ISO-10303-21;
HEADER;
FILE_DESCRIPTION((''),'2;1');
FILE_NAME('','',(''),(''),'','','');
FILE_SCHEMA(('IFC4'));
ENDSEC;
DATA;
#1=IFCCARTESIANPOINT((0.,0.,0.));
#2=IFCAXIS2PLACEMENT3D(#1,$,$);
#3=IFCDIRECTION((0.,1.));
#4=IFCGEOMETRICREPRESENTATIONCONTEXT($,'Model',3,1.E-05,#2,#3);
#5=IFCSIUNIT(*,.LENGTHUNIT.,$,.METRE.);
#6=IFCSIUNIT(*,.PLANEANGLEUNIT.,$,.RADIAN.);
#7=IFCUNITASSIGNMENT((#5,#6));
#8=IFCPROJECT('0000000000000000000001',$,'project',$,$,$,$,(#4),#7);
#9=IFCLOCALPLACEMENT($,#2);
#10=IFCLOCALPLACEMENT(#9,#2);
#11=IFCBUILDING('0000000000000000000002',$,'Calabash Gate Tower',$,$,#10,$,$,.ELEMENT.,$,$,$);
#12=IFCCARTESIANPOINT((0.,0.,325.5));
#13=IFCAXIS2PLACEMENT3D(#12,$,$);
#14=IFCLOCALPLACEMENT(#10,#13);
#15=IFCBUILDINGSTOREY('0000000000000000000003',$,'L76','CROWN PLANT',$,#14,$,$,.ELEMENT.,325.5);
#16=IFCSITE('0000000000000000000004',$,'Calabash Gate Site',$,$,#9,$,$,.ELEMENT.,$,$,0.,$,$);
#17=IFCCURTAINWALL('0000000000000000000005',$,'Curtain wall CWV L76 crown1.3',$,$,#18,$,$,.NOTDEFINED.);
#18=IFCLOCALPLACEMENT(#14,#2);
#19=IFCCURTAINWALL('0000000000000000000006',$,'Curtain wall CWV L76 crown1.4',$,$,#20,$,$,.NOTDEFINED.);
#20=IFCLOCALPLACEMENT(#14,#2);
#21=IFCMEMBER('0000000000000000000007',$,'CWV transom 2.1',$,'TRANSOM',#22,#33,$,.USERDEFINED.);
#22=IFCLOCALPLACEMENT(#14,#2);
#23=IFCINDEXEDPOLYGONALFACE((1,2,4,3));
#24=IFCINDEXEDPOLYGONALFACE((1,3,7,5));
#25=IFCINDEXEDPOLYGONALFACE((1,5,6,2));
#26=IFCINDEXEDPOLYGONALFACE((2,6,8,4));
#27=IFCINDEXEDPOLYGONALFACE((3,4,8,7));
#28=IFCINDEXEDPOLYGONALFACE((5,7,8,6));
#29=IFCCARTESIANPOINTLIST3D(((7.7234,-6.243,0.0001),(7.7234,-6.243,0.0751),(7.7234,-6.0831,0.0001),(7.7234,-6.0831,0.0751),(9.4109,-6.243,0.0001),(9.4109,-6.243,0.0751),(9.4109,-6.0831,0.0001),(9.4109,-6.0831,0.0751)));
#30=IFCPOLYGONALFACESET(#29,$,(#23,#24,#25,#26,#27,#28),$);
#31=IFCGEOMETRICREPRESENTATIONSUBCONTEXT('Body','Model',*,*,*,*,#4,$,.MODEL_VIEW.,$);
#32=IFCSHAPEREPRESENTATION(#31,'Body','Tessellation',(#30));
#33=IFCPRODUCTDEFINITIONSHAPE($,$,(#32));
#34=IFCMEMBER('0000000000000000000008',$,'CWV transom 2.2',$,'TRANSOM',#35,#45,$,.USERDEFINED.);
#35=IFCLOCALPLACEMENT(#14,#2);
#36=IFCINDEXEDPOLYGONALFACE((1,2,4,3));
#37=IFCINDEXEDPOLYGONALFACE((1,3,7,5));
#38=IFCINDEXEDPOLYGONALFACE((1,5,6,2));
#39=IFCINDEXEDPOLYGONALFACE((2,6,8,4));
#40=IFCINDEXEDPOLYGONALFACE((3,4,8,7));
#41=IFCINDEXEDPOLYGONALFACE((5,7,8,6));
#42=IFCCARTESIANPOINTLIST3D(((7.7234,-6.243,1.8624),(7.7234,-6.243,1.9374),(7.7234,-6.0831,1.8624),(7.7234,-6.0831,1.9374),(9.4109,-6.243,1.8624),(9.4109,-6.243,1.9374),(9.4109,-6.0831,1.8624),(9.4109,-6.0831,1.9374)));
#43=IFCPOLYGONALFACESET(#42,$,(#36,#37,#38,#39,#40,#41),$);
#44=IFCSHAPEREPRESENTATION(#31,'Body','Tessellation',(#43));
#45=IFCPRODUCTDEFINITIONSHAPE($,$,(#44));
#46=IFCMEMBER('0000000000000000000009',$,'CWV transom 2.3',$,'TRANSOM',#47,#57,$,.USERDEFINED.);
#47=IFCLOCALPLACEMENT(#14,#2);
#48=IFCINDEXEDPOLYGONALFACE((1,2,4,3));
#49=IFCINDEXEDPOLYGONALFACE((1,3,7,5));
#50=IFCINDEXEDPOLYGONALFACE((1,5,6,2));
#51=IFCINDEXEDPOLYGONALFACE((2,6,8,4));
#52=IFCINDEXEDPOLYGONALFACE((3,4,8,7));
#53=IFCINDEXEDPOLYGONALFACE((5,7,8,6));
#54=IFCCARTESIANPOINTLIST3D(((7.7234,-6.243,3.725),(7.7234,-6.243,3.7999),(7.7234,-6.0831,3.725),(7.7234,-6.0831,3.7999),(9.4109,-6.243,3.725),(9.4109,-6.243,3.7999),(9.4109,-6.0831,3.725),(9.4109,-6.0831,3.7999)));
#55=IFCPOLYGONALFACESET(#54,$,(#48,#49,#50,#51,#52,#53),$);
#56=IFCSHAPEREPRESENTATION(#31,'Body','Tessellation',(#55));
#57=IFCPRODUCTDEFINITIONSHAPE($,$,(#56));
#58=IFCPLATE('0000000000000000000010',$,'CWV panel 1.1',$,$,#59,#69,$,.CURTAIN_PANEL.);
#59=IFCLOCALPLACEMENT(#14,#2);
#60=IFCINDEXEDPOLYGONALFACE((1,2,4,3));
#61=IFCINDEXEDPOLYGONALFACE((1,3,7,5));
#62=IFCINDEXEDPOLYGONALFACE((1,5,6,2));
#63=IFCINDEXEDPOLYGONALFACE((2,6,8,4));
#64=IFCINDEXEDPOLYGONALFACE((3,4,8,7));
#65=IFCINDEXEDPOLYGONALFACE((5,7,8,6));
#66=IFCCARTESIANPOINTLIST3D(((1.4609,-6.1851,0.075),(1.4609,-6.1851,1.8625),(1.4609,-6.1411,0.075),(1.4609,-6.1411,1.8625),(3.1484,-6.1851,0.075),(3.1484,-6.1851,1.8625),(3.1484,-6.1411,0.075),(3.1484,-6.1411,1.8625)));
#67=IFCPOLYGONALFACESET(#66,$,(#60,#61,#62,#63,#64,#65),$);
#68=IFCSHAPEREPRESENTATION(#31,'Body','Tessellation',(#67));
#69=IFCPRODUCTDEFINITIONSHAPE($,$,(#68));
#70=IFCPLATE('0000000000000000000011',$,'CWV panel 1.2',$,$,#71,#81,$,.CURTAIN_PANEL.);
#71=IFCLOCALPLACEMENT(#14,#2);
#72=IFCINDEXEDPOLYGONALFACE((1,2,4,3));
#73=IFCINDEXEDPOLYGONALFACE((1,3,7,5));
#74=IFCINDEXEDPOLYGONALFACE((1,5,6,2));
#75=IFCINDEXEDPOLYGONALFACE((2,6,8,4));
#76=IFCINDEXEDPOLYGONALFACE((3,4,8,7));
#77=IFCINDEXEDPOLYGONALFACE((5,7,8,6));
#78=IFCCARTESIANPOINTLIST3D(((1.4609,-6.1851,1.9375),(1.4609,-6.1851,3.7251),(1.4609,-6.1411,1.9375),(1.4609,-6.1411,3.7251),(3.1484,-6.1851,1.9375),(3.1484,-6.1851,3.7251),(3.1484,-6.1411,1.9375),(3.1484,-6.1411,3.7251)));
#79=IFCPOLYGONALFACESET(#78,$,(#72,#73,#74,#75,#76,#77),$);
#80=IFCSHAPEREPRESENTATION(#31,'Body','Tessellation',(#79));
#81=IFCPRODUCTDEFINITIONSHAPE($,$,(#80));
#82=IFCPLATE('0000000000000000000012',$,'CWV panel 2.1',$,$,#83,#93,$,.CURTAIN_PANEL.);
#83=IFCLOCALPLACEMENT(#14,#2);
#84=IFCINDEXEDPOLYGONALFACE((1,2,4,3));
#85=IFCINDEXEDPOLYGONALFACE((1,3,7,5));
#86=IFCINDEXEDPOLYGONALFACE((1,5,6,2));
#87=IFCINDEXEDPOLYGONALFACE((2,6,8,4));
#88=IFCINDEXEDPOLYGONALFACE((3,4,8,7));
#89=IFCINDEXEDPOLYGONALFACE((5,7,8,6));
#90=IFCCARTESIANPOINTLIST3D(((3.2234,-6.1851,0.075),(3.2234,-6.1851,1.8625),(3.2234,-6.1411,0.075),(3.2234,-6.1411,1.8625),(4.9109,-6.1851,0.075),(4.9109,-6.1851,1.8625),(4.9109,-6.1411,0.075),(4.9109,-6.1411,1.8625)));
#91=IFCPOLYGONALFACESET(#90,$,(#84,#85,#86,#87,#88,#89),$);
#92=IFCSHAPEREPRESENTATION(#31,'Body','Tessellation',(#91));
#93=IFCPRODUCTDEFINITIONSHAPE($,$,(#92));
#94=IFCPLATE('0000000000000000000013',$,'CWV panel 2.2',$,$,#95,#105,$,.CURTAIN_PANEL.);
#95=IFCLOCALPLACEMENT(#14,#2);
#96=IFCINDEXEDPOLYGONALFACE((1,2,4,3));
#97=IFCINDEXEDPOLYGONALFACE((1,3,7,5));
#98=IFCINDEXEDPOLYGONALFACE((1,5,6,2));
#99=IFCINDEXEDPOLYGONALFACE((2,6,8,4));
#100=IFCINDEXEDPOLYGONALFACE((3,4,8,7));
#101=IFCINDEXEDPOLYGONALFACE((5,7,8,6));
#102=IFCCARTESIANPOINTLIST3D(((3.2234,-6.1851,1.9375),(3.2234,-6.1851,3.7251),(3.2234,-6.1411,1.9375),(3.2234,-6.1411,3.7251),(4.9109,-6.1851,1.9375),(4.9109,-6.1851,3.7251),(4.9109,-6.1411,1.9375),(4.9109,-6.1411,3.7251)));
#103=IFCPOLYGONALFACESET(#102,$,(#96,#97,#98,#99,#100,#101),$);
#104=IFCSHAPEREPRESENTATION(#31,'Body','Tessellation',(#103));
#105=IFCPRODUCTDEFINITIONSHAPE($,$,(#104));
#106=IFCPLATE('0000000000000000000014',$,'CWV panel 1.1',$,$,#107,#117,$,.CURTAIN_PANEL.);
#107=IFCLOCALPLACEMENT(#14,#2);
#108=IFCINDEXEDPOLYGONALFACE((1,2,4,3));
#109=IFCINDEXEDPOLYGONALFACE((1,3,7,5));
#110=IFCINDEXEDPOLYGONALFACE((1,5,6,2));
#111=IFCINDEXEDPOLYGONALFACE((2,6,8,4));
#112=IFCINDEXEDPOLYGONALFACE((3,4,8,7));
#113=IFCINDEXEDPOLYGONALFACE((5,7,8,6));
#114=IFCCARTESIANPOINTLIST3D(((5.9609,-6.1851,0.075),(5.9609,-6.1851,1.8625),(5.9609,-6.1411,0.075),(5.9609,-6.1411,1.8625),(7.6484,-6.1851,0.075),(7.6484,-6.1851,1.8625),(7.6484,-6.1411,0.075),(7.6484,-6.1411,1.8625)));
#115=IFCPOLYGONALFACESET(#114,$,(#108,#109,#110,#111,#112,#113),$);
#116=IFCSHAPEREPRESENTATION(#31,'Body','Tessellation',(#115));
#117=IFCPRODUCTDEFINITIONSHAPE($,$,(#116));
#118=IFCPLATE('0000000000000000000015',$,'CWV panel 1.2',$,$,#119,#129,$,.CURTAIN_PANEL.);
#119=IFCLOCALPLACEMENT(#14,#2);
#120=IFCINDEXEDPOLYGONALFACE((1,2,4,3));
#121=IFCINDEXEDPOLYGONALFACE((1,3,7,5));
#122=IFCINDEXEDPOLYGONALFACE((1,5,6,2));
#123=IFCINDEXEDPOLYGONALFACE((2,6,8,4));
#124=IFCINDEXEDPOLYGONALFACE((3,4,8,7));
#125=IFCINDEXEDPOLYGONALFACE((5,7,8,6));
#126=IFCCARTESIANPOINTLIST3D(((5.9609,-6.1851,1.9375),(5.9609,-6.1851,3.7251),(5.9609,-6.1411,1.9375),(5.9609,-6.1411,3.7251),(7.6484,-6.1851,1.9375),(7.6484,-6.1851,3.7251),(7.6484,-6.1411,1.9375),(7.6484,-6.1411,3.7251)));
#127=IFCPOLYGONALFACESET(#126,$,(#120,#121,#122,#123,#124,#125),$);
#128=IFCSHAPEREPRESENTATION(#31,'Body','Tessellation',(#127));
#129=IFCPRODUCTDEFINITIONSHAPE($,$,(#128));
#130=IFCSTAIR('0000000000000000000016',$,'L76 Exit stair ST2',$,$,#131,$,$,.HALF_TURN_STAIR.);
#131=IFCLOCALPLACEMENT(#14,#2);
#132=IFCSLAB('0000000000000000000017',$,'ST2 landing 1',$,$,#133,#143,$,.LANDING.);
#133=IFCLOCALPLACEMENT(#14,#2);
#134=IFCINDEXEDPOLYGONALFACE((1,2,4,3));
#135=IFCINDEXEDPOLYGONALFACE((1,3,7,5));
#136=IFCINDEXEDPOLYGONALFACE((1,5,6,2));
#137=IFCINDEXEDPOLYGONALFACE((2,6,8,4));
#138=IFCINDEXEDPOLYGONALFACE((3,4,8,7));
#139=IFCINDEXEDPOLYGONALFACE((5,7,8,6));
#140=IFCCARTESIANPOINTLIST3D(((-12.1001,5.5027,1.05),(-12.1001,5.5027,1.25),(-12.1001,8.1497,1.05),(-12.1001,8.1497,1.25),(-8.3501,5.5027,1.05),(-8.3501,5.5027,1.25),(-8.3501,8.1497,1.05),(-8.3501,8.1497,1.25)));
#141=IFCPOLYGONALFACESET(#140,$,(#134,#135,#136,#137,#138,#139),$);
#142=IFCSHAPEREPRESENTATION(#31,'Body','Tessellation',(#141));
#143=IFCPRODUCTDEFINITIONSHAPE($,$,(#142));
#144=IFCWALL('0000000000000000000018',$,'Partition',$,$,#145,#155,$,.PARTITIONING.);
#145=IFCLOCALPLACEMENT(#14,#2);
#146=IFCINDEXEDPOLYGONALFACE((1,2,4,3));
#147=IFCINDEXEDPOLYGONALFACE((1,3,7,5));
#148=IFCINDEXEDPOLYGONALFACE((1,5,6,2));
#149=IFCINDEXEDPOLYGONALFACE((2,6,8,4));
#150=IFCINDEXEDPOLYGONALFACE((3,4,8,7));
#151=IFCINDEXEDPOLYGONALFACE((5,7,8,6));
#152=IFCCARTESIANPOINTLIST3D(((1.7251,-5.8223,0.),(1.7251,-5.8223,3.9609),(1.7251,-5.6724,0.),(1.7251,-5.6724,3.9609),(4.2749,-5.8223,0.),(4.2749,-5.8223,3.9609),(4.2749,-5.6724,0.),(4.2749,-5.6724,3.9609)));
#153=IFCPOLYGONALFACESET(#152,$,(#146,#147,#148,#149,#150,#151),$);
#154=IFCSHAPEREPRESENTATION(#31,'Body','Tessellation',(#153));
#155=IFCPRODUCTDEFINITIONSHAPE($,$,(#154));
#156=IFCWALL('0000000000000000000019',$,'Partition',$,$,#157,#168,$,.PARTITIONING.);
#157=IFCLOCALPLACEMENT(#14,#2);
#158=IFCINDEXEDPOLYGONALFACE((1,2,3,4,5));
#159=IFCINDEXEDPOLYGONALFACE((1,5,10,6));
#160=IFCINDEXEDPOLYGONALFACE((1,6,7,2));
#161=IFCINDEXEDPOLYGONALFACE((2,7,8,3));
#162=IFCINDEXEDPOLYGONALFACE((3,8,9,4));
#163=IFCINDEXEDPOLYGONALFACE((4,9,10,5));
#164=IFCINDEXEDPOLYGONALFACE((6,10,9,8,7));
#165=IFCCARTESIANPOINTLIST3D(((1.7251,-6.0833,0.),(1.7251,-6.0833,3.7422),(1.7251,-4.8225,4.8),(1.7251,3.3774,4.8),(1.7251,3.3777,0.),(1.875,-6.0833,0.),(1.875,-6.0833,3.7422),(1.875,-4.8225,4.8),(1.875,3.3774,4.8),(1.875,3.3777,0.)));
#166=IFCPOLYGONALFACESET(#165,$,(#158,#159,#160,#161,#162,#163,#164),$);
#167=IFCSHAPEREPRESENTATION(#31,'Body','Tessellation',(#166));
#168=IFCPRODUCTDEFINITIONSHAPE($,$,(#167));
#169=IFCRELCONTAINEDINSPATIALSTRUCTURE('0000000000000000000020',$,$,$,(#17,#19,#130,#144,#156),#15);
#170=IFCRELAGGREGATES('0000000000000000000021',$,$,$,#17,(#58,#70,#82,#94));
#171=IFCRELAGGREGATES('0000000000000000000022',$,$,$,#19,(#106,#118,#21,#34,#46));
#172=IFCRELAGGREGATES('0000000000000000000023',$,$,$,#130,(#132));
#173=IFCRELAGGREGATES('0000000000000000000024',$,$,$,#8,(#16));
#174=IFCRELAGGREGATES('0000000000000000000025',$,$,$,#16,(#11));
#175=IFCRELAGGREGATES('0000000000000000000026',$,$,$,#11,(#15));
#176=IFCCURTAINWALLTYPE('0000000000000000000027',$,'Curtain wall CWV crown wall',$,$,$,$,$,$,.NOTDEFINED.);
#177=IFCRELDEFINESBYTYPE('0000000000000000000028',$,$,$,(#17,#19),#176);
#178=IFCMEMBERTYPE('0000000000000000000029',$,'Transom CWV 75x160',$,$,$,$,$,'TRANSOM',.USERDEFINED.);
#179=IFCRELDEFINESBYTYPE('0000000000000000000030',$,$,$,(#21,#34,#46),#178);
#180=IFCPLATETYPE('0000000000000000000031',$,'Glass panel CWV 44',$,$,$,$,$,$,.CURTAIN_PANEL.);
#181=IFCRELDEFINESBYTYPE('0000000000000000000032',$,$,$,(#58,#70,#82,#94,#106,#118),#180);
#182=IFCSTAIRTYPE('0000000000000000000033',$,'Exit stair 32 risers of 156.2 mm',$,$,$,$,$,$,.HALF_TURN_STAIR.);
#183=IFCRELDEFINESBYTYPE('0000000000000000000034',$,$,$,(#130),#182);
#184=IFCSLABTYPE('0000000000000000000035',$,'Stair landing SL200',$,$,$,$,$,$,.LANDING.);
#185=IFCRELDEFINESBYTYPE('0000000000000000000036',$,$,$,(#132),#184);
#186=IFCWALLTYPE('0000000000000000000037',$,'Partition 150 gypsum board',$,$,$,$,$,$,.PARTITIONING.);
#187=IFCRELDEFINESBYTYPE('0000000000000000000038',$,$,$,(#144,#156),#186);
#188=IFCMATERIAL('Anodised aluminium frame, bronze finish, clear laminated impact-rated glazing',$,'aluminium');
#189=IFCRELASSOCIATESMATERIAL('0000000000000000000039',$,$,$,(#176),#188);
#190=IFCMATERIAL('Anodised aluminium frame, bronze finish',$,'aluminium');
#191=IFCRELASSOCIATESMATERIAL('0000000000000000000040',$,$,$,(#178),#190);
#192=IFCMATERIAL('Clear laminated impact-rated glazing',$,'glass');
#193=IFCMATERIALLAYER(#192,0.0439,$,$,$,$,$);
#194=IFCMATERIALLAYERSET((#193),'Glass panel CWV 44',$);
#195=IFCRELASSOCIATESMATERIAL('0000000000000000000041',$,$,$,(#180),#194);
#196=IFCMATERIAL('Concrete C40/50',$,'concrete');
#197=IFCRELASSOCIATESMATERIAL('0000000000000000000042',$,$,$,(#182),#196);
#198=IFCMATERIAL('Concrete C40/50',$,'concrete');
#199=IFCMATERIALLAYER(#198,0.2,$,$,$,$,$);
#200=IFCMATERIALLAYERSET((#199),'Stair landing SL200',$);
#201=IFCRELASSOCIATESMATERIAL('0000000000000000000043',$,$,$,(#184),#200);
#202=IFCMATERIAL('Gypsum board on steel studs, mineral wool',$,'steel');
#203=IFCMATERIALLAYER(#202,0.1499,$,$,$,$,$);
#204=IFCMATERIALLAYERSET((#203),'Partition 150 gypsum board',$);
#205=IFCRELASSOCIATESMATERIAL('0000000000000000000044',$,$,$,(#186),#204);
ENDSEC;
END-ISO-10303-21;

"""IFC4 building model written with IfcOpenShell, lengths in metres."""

from ifc_helpers import new_model, si_unit, direction, frame, frame_2d, origin, origin_2d, place, context, subcontext, project, spatial, polyline, rectangle, outline, extrude, material, layer, layer_set, material_profile, profile_set, type_object, element, aggregate, save


model = new_model("IFC4")

# Units and contexts
model_context = context("Model", 3, precision=1e-05, world=origin(), true_north=direction((0.0, 1.0)))
body_context = subcontext(model_context, "Body", "Model", "MODEL_VIEW")
ifc_project = project(units=[si_unit("LENGTHUNIT", "METRE"), si_unit("PLANEANGLEUNIT", "RADIAN")], contexts=[model_context])

# Site, building, storey
site_placement = place(None, origin())
site = spatial("IfcSite", under=ifc_project, at=site_placement, Name="Calabash Gate Site", CompositionType="ELEMENT", RefElevation=0.0)
building_placement = place(site_placement, origin())
building = spatial("IfcBuilding", under=site, at=building_placement, Name="Calabash Gate Tower", CompositionType="ELEMENT")
storey_placement = place(building_placement, frame((0.0, 0.0, 325.5)))
storey = spatial("IfcBuildingStorey", under=building, at=storey_placement, Name="L76", Description="CROWN PLANT", CompositionType="ELEMENT", Elevation=325.5)

# Shared definitions
ifc_material_1 = material(Name="Anodised aluminium frame, bronze finish, clear laminated impact-rated glazing", Category="aluminium")
curtain_wall_type = type_object("IfcCurtainWallType", Name="Curtain wall CWV crown wall", PredefinedType="NOTDEFINED", material=ifc_material_1)

# Curtain walls
curtain_wall_1_placement = place(storey_placement, origin())
curtain_wall_1 = element("IfcCurtainWall", 1, at=curtain_wall_1_placement, inside=storey, type_object=curtain_wall_type, Name="Curtain wall CWV L76 crown1.3", PredefinedType="NOTDEFINED")
curtain_wall_2_placement = place(storey_placement, origin())
curtain_wall_2 = element("IfcCurtainWall", 2, at=curtain_wall_2_placement, inside=storey, type_object=curtain_wall_type, Name="Curtain wall CWV L76 crown1.4", PredefinedType="NOTDEFINED")

# Members
ifc_material_2 = material(Name="Anodised aluminium frame, bronze finish", Category="aluminium")
ifc_material_profile_1 = material_profile(ifc_material_2, rectangle(XDim=0.1599, YDim=0.075, at=origin_2d()))
ifc_profile_set_1 = profile_set([ifc_material_profile_1], Name="Anodised aluminium frame, bronze finish")
member_type_1 = type_object("IfcMemberType", Name="Transom CWV 75x160", ElementType="TRANSOM", PredefinedType="USERDEFINED", material=ifc_profile_set_1)
member_1_placement = place(storey_placement, frame((7.7234, -6.1631, 0.0376), z_axis=(1.0, 0.0, 0.0), x_axis=(0.0, 1.0, 0.0)))
member_1 = element("IfcMember", 3, at=member_1_placement, type_object=member_type_1, Name="CWV transom 2.1", ObjectType="TRANSOM", PredefinedType="USERDEFINED", context=body_context, shape_type="SweptSolid", body=[
    extrude(rectangle(XDim=0.1599, YDim=0.075, at=origin_2d()), origin(), (0.0, 0.0, 1.0), 1.6875),
])
member_2_placement = place(storey_placement, frame((7.7234, -6.1631, 1.8999), z_axis=(1.0, 0.0, 0.0), x_axis=(0.0, 1.0, 0.0)))
member_2 = element("IfcMember", 4, at=member_2_placement, type_object=member_type_1, Name="CWV transom 2.2", ObjectType="TRANSOM", PredefinedType="USERDEFINED", context=body_context, shape_type="SweptSolid", body=[
    extrude(rectangle(XDim=0.1599, YDim=0.075, at=origin_2d()), origin(), (0.0, 0.0, 1.0), 1.6875),
])
member_3_placement = place(storey_placement, frame((7.7234, -6.1631, 3.7625), z_axis=(1.0, 0.0, 0.0), x_axis=(0.0, 1.0, 0.0)))
member_3 = element("IfcMember", 5, at=member_3_placement, type_object=member_type_1, Name="CWV transom 2.3", ObjectType="TRANSOM", PredefinedType="USERDEFINED", context=body_context, shape_type="SweptSolid", body=[
    extrude(rectangle(XDim=0.1599, YDim=0.075, at=origin_2d()), origin(), (0.0, 0.0, 1.0), 1.6875),
])

# Plates
ifc_material_3 = material(Name="Clear laminated impact-rated glazing", Category="glass")
ifc_layer_1 = layer(ifc_material_3, 0.0439)
ifc_layer_set_1 = layer_set([ifc_layer_1], Name="Glass panel CWV 44")
plate_type = type_object("IfcPlateType", Name="Glass panel CWV 44", PredefinedType="CURTAIN_PANEL", material=ifc_layer_set_1)
plate_1_placement = place(storey_placement, frame((2.3047, -6.1631, 0.075), z_axis=(0.0, 0.0, 1.0), x_axis=(1.0, 0.0, 0.0)))
plate_1 = element("IfcPlate", 6, at=plate_1_placement, type_object=plate_type, Name="CWV panel 1.1", PredefinedType="CURTAIN_PANEL", context=body_context, shape_type="SweptSolid", body=[
    extrude(rectangle(XDim=1.6875, YDim=0.0439, at=origin_2d()), origin(), (0.0, 0.0, 1.0), 1.7876),
])
plate_2_placement = place(storey_placement, frame((2.3047, -6.1631, 1.9375), z_axis=(0.0, 0.0, 1.0), x_axis=(1.0, 0.0, 0.0)))
plate_2 = element("IfcPlate", 7, at=plate_2_placement, type_object=plate_type, Name="CWV panel 1.2", PredefinedType="CURTAIN_PANEL", context=body_context, shape_type="SweptSolid", body=[
    extrude(rectangle(XDim=1.6875, YDim=0.0439, at=origin_2d()), origin(), (0.0, 0.0, 1.0), 1.7876),
])
plate_3_placement = place(storey_placement, frame((4.0671, -6.1631, 0.075), z_axis=(0.0, 0.0, 1.0), x_axis=(1.0, 0.0, 0.0)))
plate_3 = element("IfcPlate", 8, at=plate_3_placement, type_object=plate_type, Name="CWV panel 2.1", PredefinedType="CURTAIN_PANEL", context=body_context, shape_type="SweptSolid", body=[
    extrude(rectangle(XDim=1.6875, YDim=0.0439, at=origin_2d()), origin(), (0.0, 0.0, 1.0), 1.7876),
])
plate_4_placement = place(storey_placement, frame((4.0671, -6.1631, 1.9375), z_axis=(0.0, 0.0, 1.0), x_axis=(1.0, 0.0, 0.0)))
plate_4 = element("IfcPlate", 9, at=plate_4_placement, type_object=plate_type, Name="CWV panel 2.2", PredefinedType="CURTAIN_PANEL", context=body_context, shape_type="SweptSolid", body=[
    extrude(rectangle(XDim=1.6875, YDim=0.0439, at=origin_2d()), origin(), (0.0, 0.0, 1.0), 1.7876),
])
aggregate(curtain_wall_1, [plate_1, plate_2, plate_3, plate_4])
plate_5_placement = place(storey_placement, frame((6.8047, -6.1631, 0.075), z_axis=(0.0, 0.0, 1.0), x_axis=(1.0, 0.0, 0.0)))
plate_5 = element("IfcPlate", 10, at=plate_5_placement, type_object=plate_type, Name="CWV panel 1.1", PredefinedType="CURTAIN_PANEL", context=body_context, shape_type="SweptSolid", body=[
    extrude(rectangle(XDim=1.6875, YDim=0.0439, at=origin_2d()), origin(), (0.0, 0.0, 1.0), 1.7876),
])
plate_6_placement = place(storey_placement, frame((6.8047, -6.1631, 1.9375), z_axis=(0.0, 0.0, 1.0), x_axis=(1.0, 0.0, 0.0)))
plate_6 = element("IfcPlate", 11, at=plate_6_placement, type_object=plate_type, Name="CWV panel 1.2", PredefinedType="CURTAIN_PANEL", context=body_context, shape_type="SweptSolid", body=[
    extrude(rectangle(XDim=1.6875, YDim=0.0439, at=origin_2d()), origin(), (0.0, 0.0, 1.0), 1.7876),
])
aggregate(curtain_wall_2, [plate_5, plate_6, member_1, member_2, member_3])

# Stair, slab
ifc_material_4 = material(Name="Concrete C40/50", Category="concrete")
stair_type = type_object("IfcStairType", Name="Exit stair 32 risers of 156.2 mm", PredefinedType="HALF_TURN_STAIR", material=ifc_material_4)
stair_placement = place(storey_placement, origin())
stair = element("IfcStair", 12, at=stair_placement, inside=storey, type_object=stair_type, Name="L76 Exit stair ST2", PredefinedType="HALF_TURN_STAIR")
ifc_material_5 = material(Name="Concrete C40/50", Category="concrete")
ifc_layer_2 = layer(ifc_material_5, 0.2)
ifc_layer_set_2 = layer_set([ifc_layer_2], Name="Stair landing SL200")
slab_type = type_object("IfcSlabType", Name="Stair landing SL200", PredefinedType="LANDING", material=ifc_layer_set_2)
slab_placement = place(storey_placement, frame((0.0, 0.0, 1.05)))
slab = element("IfcSlab", 13, at=slab_placement, type_object=slab_type, Name="ST2 landing 1", PredefinedType="LANDING", context=body_context, shape_type="SweptSolid", body=[
    extrude(outline(polyline([(-12.1001, 8.1497), (-12.1001, 5.5027), (-8.3501, 5.5027), (-8.3501, 8.1497), (-12.1001, 8.1497)])), origin(), (0.0, 0.0, 1.0), 0.2),
])
aggregate(stair, [slab])

# Walls
ifc_material_6 = material(Name="Gypsum board on steel studs, mineral wool", Category="steel")
ifc_layer_3 = layer(ifc_material_6, 0.1499)
ifc_layer_set_3 = layer_set([ifc_layer_3], Name="Partition 150 gypsum board")
wall_type_1 = type_object("IfcWallType", Name="Partition 150 gypsum board", PredefinedType="PARTITIONING", material=ifc_layer_set_3)
wall_1_placement = place(storey_placement, frame((1.7251, -5.7473, 0.0), z_axis=(0.0, 0.0, 1.0), x_axis=(1.0, 0.0, 0.0)))
element("IfcWall", 14, at=wall_1_placement, inside=storey, type_object=wall_type_1, Name="Partition", PredefinedType="PARTITIONING", context=body_context, shape_type="SweptSolid", body=[
    extrude(rectangle(XDim=2.5498, YDim=0.1499, at=frame_2d((1.2749, 0.0))), origin(), (0.0, 0.0, 1.0), 3.9609),
])
wall_2_placement = place(storey_placement, frame((1.8, -6.0833, 0.0), z_axis=(0.0, 0.0, 1.0), x_axis=(0.0, 1.0, 0.0)))
element("IfcWall", 15, at=wall_2_placement, inside=storey, type_object=wall_type_1, Name="Partition", PredefinedType="PARTITIONING", context=body_context, shape_type="SweptSolid", body=[
    extrude(outline(polyline([(0.0, 0.0), (9.4609, 0.0), (9.4607, 4.8), (1.2607, 4.8), (0.0, 3.7422), (0.0, 0.0)])), frame((0.0, 0.075, 0.0), z_axis=(0.0, -1.0, 0.0), x_axis=(1.0, 0.0, 0.0)), (0.0, 0.0, 1.0), 0.1499),
])

save(model, "model.ifc")
